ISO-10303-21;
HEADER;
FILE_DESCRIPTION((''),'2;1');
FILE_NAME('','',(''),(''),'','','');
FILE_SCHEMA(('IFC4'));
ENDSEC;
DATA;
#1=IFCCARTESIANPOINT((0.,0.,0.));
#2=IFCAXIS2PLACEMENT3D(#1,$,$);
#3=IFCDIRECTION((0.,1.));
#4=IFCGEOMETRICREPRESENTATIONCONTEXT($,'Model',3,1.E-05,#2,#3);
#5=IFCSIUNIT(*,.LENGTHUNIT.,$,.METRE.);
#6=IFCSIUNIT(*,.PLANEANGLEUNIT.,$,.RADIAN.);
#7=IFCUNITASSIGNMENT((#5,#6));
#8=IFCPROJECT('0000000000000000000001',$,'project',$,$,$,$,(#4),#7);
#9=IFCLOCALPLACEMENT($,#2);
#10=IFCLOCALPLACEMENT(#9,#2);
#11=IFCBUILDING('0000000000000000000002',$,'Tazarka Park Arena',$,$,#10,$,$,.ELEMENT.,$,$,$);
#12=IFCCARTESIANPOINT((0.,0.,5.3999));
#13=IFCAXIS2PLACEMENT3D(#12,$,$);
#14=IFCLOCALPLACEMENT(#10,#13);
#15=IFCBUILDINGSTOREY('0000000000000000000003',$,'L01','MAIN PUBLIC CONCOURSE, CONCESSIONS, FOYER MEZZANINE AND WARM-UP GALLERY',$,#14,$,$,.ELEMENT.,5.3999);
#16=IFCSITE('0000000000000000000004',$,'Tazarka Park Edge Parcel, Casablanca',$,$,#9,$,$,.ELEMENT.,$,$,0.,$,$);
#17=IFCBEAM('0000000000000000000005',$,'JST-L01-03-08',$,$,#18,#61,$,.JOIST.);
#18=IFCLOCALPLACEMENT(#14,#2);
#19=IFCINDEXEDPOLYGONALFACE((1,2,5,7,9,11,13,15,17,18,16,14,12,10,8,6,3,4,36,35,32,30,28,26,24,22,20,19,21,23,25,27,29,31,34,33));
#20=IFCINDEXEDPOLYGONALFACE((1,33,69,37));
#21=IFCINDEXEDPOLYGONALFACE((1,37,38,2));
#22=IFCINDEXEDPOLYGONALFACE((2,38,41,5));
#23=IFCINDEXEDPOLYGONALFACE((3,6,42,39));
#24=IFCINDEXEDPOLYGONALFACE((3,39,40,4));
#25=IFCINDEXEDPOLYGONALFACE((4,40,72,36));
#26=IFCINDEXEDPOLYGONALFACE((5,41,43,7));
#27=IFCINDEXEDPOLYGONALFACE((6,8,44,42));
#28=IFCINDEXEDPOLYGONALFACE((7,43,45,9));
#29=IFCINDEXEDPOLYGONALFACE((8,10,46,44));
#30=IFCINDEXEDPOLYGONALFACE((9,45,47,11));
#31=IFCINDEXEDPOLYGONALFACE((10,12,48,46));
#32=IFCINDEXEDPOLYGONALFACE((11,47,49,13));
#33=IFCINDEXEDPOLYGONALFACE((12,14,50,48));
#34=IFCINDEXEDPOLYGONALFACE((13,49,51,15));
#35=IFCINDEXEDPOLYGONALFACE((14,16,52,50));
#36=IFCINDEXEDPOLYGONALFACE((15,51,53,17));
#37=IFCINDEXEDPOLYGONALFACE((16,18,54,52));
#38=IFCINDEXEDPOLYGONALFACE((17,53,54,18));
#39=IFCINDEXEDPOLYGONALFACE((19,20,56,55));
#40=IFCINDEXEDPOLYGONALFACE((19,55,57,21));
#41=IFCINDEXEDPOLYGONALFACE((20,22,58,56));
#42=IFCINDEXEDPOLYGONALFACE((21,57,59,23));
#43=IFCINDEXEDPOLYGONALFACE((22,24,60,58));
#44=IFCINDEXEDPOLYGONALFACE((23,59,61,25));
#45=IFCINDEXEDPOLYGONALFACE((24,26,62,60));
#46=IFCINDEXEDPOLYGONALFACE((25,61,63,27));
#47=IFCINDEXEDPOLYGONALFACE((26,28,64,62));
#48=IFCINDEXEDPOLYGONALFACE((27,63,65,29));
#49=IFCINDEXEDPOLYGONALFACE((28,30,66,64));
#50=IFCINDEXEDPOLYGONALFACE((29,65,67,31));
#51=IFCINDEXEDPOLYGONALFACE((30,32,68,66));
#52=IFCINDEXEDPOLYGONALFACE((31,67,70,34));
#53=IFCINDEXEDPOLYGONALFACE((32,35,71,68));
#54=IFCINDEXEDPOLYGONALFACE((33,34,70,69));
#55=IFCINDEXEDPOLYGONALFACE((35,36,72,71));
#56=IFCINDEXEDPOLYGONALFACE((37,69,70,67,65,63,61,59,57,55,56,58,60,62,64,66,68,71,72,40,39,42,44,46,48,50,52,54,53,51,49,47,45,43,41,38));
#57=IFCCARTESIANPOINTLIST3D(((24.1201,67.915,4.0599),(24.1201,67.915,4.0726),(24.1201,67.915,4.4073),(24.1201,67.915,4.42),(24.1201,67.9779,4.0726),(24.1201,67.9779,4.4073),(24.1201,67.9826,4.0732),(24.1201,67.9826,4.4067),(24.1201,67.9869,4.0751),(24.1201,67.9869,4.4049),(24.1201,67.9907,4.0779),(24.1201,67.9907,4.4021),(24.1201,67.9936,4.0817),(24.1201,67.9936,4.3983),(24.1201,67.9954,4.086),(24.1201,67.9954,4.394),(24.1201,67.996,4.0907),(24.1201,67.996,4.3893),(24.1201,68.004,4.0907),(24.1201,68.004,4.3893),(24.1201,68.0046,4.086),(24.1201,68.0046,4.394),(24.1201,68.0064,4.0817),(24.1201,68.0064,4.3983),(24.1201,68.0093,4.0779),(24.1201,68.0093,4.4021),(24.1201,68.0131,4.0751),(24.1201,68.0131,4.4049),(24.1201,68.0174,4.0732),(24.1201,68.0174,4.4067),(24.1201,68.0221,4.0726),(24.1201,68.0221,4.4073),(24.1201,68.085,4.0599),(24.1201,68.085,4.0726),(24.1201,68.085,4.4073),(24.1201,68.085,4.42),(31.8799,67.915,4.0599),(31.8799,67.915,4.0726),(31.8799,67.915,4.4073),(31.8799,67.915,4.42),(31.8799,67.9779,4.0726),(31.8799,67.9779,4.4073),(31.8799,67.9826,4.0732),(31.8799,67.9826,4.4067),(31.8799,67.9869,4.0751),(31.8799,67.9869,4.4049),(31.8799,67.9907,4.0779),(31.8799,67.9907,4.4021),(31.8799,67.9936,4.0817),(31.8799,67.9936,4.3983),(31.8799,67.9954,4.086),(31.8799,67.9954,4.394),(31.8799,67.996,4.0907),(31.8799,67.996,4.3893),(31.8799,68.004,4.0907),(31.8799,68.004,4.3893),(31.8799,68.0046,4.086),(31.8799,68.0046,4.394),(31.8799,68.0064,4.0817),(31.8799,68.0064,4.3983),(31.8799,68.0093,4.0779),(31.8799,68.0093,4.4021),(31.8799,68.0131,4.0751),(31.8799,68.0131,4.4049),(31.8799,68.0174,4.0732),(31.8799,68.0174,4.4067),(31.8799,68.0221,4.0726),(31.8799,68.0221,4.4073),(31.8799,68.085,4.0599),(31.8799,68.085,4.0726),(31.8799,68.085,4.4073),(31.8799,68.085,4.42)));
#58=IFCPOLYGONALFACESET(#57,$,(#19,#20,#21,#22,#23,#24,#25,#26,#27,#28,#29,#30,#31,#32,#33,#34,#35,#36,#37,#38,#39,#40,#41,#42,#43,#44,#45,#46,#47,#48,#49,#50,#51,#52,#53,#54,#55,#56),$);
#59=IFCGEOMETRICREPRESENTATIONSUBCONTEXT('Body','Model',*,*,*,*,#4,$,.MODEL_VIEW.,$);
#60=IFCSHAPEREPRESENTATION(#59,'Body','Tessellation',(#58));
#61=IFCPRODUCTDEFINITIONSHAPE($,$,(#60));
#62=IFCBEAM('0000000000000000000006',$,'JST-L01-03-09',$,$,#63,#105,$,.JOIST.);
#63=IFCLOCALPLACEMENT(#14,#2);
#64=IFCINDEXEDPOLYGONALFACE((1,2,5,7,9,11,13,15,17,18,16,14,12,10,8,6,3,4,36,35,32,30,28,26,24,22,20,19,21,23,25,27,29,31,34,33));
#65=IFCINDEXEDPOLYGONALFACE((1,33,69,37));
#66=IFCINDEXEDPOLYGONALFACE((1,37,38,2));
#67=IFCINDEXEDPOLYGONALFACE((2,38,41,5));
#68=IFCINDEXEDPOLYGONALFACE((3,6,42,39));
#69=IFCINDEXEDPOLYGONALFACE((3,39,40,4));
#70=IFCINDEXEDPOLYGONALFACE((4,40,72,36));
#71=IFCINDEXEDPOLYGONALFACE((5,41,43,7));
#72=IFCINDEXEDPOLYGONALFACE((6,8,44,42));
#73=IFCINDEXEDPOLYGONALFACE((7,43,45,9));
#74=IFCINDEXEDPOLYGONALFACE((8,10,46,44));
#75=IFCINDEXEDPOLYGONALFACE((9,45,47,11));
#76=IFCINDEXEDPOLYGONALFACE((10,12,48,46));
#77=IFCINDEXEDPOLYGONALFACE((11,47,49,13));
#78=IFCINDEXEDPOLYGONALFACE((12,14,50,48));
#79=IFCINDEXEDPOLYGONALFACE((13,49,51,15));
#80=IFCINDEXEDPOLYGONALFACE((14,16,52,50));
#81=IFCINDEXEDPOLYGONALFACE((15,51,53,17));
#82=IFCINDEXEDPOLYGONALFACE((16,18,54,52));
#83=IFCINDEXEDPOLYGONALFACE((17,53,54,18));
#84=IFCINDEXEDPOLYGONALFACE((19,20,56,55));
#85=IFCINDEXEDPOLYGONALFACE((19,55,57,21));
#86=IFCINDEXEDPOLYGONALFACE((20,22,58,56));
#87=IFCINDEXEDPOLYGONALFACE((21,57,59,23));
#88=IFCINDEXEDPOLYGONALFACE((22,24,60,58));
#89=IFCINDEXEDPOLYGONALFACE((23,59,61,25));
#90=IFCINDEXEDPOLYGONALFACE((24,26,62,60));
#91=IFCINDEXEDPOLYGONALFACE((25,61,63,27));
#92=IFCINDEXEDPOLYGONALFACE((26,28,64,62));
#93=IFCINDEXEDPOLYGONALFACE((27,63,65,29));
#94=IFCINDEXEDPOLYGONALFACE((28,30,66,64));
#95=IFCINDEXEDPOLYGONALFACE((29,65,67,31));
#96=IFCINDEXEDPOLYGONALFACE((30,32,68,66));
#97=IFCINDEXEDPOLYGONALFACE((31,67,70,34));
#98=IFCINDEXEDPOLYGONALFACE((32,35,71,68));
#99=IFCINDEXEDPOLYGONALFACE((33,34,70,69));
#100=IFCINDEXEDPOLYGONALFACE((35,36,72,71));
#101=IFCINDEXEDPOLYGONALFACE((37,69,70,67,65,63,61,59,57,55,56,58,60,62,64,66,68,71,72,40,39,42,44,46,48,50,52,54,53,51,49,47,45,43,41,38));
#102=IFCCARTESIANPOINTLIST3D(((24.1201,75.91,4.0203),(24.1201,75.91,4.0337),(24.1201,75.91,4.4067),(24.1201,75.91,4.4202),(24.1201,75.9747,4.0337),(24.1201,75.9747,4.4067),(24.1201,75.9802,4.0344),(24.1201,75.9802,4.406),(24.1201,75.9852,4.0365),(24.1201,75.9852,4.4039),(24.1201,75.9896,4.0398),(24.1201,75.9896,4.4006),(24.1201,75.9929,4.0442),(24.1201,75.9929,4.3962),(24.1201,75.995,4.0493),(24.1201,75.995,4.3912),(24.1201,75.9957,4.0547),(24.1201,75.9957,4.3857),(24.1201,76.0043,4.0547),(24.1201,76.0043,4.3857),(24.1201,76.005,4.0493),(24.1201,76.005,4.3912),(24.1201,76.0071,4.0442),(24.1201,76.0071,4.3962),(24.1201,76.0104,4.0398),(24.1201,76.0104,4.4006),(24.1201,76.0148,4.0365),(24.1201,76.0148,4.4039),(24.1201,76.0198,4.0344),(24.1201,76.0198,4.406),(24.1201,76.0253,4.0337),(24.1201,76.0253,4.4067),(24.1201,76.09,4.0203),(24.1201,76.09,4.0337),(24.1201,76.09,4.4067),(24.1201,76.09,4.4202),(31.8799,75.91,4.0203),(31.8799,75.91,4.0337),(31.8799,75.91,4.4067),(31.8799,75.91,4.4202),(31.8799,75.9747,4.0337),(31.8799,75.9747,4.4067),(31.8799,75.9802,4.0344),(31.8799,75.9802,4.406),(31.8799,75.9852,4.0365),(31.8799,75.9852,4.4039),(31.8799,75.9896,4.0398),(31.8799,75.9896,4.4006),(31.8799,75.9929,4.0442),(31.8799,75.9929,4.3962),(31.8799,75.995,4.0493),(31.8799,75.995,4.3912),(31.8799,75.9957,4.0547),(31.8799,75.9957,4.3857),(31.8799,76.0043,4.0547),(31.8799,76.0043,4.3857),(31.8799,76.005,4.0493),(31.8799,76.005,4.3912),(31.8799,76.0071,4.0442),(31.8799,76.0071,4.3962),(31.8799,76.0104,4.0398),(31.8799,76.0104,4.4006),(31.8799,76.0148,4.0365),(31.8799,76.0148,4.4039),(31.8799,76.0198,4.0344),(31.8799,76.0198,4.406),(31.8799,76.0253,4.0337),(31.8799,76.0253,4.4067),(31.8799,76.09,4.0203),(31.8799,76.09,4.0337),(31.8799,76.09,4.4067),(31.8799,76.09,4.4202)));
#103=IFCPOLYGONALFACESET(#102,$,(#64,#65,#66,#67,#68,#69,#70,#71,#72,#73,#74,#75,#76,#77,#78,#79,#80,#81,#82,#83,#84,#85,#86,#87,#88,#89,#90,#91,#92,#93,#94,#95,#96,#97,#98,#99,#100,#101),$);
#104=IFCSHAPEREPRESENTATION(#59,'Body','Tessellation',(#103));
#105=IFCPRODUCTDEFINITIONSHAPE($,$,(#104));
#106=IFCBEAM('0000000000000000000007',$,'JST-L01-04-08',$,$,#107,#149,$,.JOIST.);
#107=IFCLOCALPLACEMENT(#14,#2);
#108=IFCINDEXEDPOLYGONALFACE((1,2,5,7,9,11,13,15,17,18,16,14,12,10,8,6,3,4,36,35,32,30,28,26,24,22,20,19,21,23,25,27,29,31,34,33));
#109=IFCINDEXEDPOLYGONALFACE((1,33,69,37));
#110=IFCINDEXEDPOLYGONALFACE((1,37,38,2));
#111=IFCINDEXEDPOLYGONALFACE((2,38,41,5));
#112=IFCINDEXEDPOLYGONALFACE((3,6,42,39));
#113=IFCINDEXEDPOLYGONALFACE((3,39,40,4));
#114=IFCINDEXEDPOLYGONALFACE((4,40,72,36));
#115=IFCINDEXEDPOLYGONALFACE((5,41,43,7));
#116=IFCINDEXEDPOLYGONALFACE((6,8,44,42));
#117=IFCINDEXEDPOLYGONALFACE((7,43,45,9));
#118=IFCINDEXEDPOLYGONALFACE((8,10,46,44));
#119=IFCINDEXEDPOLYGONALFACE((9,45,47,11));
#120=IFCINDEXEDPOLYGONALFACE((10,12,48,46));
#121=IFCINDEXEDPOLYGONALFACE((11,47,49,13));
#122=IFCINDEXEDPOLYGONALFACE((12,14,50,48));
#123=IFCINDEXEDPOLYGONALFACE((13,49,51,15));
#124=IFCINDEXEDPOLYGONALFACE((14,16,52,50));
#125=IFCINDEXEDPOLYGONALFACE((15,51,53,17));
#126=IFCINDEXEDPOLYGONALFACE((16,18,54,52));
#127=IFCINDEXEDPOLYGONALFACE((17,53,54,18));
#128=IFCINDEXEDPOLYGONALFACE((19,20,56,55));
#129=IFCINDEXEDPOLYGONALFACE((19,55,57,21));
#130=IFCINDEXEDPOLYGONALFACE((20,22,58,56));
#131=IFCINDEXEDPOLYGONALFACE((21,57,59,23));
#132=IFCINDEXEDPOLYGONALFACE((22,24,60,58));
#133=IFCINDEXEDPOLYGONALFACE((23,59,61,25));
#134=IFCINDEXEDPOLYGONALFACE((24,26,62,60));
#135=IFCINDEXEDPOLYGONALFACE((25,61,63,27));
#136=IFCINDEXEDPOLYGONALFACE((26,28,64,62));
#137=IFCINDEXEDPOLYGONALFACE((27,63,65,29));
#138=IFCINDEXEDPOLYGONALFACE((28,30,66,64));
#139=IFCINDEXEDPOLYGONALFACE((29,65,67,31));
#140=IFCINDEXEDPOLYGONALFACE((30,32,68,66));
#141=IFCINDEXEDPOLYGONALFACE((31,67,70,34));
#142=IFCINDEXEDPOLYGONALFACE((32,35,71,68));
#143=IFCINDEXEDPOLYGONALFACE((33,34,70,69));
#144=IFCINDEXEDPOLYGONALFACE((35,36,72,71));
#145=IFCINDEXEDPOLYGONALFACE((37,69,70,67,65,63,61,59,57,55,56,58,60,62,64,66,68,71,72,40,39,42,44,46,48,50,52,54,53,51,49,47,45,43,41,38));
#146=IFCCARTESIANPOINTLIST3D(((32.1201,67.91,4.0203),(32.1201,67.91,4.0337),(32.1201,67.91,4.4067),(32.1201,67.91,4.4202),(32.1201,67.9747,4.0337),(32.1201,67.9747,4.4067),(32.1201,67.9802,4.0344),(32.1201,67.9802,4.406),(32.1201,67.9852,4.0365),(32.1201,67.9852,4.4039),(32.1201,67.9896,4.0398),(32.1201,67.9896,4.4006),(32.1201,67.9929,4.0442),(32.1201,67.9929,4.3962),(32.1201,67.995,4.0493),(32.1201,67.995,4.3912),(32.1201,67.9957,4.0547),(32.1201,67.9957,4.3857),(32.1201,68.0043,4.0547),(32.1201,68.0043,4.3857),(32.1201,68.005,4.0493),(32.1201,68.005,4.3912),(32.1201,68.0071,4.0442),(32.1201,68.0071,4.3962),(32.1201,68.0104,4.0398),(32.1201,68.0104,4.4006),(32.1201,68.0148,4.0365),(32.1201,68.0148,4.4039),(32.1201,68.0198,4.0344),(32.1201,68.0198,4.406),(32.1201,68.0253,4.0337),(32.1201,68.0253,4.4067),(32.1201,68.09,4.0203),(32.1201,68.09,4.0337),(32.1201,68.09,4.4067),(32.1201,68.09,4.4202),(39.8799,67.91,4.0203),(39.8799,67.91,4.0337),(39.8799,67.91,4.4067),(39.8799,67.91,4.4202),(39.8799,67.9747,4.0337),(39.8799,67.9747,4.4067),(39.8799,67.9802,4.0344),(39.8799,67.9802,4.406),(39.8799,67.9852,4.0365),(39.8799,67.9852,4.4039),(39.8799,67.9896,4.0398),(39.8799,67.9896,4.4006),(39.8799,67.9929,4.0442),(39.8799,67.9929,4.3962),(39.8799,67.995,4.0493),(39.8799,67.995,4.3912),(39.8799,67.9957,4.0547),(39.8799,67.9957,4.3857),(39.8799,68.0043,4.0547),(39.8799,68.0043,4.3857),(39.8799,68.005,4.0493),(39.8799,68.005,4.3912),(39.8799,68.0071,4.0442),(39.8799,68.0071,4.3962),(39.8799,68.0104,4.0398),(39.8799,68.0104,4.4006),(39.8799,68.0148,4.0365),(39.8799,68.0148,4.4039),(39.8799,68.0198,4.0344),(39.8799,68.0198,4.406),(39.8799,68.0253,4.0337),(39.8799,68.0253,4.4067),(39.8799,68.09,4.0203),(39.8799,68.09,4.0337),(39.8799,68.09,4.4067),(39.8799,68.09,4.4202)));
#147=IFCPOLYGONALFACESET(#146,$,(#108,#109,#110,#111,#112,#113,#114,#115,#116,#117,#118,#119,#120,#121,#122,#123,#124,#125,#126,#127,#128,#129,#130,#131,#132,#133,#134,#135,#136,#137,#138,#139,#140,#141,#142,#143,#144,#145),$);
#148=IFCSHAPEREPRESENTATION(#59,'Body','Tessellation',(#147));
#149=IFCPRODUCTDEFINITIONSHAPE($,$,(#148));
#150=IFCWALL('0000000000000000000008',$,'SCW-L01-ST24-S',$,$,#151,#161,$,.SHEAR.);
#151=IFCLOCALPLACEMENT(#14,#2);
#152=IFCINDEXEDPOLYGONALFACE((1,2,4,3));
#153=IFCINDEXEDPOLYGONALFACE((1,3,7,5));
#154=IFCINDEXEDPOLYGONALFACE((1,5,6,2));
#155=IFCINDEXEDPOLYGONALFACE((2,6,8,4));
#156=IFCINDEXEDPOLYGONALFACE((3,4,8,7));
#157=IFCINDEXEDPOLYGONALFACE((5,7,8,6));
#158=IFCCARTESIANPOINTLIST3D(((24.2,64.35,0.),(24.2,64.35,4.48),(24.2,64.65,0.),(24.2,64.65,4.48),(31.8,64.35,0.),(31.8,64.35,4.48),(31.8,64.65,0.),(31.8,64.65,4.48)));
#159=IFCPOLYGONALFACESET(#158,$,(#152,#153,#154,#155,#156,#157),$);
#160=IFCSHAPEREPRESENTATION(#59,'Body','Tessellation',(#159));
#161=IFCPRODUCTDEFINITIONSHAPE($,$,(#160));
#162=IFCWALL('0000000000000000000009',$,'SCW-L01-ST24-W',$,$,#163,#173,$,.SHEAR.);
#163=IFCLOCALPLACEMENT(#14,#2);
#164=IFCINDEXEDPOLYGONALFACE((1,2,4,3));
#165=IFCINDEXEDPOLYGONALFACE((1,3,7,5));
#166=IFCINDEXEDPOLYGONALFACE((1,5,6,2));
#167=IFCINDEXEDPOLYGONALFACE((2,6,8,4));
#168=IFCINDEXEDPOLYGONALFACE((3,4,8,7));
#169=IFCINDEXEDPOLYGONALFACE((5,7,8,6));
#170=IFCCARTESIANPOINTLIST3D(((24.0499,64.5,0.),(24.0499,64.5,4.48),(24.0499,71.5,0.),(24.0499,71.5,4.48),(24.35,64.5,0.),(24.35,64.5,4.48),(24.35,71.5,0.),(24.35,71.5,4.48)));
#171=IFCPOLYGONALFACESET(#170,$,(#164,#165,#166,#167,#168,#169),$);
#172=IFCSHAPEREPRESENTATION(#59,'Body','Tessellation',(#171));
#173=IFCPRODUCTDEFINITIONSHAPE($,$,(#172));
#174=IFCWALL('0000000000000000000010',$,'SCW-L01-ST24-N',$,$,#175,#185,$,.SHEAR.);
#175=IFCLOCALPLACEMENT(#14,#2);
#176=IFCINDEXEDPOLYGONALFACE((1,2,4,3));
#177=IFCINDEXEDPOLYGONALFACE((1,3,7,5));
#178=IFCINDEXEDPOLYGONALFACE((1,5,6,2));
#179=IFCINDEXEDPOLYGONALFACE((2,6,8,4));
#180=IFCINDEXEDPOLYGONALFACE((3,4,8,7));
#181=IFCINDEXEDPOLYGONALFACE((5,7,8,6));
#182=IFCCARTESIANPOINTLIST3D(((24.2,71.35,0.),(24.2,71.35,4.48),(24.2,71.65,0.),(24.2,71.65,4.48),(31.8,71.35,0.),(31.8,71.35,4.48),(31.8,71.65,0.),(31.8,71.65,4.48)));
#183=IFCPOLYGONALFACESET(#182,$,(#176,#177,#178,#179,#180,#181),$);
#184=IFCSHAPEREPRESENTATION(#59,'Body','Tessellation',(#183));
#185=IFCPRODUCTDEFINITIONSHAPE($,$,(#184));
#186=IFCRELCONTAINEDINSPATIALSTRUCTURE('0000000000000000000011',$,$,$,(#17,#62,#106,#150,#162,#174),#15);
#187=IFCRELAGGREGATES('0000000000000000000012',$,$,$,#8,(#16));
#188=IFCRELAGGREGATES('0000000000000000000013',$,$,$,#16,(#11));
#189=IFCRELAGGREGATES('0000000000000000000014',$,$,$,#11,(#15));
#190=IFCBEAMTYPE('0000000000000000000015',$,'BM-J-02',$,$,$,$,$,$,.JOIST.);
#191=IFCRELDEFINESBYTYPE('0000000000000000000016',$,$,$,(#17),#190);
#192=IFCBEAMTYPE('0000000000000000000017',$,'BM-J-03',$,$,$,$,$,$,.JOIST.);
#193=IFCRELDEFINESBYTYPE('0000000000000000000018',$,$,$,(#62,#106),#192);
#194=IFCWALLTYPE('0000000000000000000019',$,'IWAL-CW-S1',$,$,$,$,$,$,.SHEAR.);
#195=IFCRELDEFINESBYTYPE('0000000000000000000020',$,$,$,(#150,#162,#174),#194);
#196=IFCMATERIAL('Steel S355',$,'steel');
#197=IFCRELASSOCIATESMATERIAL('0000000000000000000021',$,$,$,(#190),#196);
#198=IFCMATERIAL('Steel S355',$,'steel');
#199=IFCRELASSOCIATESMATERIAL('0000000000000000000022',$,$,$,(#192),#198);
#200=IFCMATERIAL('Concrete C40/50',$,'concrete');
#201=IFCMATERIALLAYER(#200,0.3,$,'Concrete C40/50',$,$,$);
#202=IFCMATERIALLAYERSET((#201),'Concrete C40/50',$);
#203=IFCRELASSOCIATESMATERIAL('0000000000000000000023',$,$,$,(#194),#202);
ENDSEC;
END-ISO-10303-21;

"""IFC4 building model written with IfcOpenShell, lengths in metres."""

from ifc_helpers import new_model, si_unit, direction, frame, frame_2d, origin, origin_2d, place, context, subcontext, project, spatial, rectangle, i_section, extrude, material, layer, layer_set, material_profile, profile_set, type_object, element, save


model = new_model("IFC4")

# Units and contexts
model_context = context("Model", 3, precision=1e-05, world=origin(), true_north=direction((0.0, 1.0)))
body_context = subcontext(model_context, "Body", "Model", "MODEL_VIEW")
ifc_project = project(units=[si_unit("LENGTHUNIT", "METRE"), si_unit("PLANEANGLEUNIT", "RADIAN")], contexts=[model_context])

# Site, building, storey
site_placement = place(None, origin())
site = spatial("IfcSite", under=ifc_project, at=site_placement, Name="Tazarka Park Edge Parcel, Casablanca", CompositionType="ELEMENT", RefElevation=0.0)
building_placement = place(site_placement, origin())
building = spatial("IfcBuilding", under=site, at=building_placement, Name="Tazarka Park Arena", CompositionType="ELEMENT")
storey_placement = place(building_placement, frame((0.0, 0.0, 5.3999)))
storey = spatial("IfcBuildingStorey", under=building, at=storey_placement, Name="L01", Description="MAIN PUBLIC CONCOURSE, CONCESSIONS, FOYER MEZZANINE AND WARM-UP GALLERY", CompositionType="ELEMENT", Elevation=5.3999)

# Beams
ifc_material_1 = material(Name="Steel S355", Category="steel")
ifc_material_profile_1 = material_profile(ifc_material_1, i_section(OverallWidth=0.1699, OverallDepth=0.3601, WebThickness=0.0081, FlangeThickness=0.0127, FilletRadius=0.0181, at=origin_2d()), Name="Steel S355")
ifc_profile_set_1 = profile_set([ifc_material_profile_1], Name="Steel S355")
beam_type_1 = type_object("IfcBeamType", Name="BM-J-02", PredefinedType="JOIST", material=ifc_profile_set_1)
beam_1_placement = place(storey_placement, frame((24.1201, 68.0, 4.24), z_axis=(1.0, 0.0, 0.0), x_axis=(0.0, 1.0, 0.0)))
element("IfcBeam", 1, at=beam_1_placement, inside=storey, type_object=beam_type_1, Name="JST-L01-03-08", PredefinedType="JOIST", context=body_context, shape_type="SweptSolid", body=[
    extrude(i_section(OverallWidth=0.1699, OverallDepth=0.3601, WebThickness=0.0081, FlangeThickness=0.0127, FilletRadius=0.0181, at=origin_2d()), origin(), (0.0, 0.0, 1.0), 7.7598),
])
ifc_material_2 = material(Name="Steel S355", Category="steel")
ifc_material_profile_2 = material_profile(ifc_material_2, i_section(OverallWidth=0.1799, OverallDepth=0.3999, WebThickness=0.0085, FlangeThickness=0.0134, FilletRadius=0.021, at=origin_2d()), Name="Steel S355")
ifc_profile_set_2 = profile_set([ifc_material_profile_2], Name="Steel S355")
beam_type_2 = type_object("IfcBeamType", Name="BM-J-03", PredefinedType="JOIST", material=ifc_profile_set_2)
for number, where, z_axis, x_axis, name in (
    (2, (24.1201, 76.0, 4.2202), (1.0, 0.0, 0.0), (0.0, 1.0, 0.0), "JST-L01-03-09"),
    (3, (32.1201, 68.0, 4.2202), (1.0, 0.0, 0.0), (0.0, 1.0, 0.0), "JST-L01-04-08"),
):
    element("IfcBeam", number, at=place(storey_placement, frame(where, z_axis=z_axis, x_axis=x_axis)), inside=storey, type_object=beam_type_2, Name=name, PredefinedType="JOIST", context=body_context, shape_type="SweptSolid", body=[
        extrude(i_section(OverallWidth=0.1799, OverallDepth=0.3999, WebThickness=0.0085, FlangeThickness=0.0134, FilletRadius=0.021, at=origin_2d()), origin(), (0.0, 0.0, 1.0), 7.7598),
    ])

# Walls
ifc_material_3 = material(Name="Concrete C40/50", Category="concrete")
ifc_layer_1 = layer(ifc_material_3, 0.3, Name="Concrete C40/50")
ifc_layer_set_1 = layer_set([ifc_layer_1], Name="Concrete C40/50")
wall_type_1 = type_object("IfcWallType", Name="IWAL-CW-S1", PredefinedType="SHEAR", material=ifc_layer_set_1)
wall_1_placement = place(storey_placement, frame((31.8, 64.5, 0.0), z_axis=(0.0, 0.0, 1.0), x_axis=(-1.0, 0.0, 0.0)))
element("IfcWall", 4, at=wall_1_placement, inside=storey, type_object=wall_type_1, Name="SCW-L01-ST24-S", PredefinedType="SHEAR", context=body_context, shape_type="SweptSolid", body=[
    extrude(rectangle(XDim=7.6001, YDim=0.3, at=frame_2d((3.8, 0.0))), origin(), (0.0, 0.0, 1.0), 4.48),
])
wall_2_placement = place(storey_placement, frame((24.2, 64.5, 0.0), z_axis=(0.0, 0.0, 1.0), x_axis=(0.0, 1.0, 0.0)))
element("IfcWall", 5, at=wall_2_placement, inside=storey, type_object=wall_type_1, Name="SCW-L01-ST24-W", PredefinedType="SHEAR", context=body_context, shape_type="SweptSolid", body=[
    extrude(rectangle(XDim=7.0, YDim=0.3, at=frame_2d((3.5, 0.0))), origin(), (0.0, 0.0, 1.0), 4.48),
])
wall_3_placement = place(storey_placement, frame((24.2, 71.5, 0.0), z_axis=(0.0, 0.0, 1.0), x_axis=(1.0, 0.0, 0.0)))
element("IfcWall", 6, at=wall_3_placement, inside=storey, type_object=wall_type_1, Name="SCW-L01-ST24-N", PredefinedType="SHEAR", context=body_context, shape_type="SweptSolid", body=[
    extrude(rectangle(XDim=7.6001, YDim=0.3, at=frame_2d((3.8, 0.0))), origin(), (0.0, 0.0, 1.0), 4.48),
])

save(model, "model.ifc")
